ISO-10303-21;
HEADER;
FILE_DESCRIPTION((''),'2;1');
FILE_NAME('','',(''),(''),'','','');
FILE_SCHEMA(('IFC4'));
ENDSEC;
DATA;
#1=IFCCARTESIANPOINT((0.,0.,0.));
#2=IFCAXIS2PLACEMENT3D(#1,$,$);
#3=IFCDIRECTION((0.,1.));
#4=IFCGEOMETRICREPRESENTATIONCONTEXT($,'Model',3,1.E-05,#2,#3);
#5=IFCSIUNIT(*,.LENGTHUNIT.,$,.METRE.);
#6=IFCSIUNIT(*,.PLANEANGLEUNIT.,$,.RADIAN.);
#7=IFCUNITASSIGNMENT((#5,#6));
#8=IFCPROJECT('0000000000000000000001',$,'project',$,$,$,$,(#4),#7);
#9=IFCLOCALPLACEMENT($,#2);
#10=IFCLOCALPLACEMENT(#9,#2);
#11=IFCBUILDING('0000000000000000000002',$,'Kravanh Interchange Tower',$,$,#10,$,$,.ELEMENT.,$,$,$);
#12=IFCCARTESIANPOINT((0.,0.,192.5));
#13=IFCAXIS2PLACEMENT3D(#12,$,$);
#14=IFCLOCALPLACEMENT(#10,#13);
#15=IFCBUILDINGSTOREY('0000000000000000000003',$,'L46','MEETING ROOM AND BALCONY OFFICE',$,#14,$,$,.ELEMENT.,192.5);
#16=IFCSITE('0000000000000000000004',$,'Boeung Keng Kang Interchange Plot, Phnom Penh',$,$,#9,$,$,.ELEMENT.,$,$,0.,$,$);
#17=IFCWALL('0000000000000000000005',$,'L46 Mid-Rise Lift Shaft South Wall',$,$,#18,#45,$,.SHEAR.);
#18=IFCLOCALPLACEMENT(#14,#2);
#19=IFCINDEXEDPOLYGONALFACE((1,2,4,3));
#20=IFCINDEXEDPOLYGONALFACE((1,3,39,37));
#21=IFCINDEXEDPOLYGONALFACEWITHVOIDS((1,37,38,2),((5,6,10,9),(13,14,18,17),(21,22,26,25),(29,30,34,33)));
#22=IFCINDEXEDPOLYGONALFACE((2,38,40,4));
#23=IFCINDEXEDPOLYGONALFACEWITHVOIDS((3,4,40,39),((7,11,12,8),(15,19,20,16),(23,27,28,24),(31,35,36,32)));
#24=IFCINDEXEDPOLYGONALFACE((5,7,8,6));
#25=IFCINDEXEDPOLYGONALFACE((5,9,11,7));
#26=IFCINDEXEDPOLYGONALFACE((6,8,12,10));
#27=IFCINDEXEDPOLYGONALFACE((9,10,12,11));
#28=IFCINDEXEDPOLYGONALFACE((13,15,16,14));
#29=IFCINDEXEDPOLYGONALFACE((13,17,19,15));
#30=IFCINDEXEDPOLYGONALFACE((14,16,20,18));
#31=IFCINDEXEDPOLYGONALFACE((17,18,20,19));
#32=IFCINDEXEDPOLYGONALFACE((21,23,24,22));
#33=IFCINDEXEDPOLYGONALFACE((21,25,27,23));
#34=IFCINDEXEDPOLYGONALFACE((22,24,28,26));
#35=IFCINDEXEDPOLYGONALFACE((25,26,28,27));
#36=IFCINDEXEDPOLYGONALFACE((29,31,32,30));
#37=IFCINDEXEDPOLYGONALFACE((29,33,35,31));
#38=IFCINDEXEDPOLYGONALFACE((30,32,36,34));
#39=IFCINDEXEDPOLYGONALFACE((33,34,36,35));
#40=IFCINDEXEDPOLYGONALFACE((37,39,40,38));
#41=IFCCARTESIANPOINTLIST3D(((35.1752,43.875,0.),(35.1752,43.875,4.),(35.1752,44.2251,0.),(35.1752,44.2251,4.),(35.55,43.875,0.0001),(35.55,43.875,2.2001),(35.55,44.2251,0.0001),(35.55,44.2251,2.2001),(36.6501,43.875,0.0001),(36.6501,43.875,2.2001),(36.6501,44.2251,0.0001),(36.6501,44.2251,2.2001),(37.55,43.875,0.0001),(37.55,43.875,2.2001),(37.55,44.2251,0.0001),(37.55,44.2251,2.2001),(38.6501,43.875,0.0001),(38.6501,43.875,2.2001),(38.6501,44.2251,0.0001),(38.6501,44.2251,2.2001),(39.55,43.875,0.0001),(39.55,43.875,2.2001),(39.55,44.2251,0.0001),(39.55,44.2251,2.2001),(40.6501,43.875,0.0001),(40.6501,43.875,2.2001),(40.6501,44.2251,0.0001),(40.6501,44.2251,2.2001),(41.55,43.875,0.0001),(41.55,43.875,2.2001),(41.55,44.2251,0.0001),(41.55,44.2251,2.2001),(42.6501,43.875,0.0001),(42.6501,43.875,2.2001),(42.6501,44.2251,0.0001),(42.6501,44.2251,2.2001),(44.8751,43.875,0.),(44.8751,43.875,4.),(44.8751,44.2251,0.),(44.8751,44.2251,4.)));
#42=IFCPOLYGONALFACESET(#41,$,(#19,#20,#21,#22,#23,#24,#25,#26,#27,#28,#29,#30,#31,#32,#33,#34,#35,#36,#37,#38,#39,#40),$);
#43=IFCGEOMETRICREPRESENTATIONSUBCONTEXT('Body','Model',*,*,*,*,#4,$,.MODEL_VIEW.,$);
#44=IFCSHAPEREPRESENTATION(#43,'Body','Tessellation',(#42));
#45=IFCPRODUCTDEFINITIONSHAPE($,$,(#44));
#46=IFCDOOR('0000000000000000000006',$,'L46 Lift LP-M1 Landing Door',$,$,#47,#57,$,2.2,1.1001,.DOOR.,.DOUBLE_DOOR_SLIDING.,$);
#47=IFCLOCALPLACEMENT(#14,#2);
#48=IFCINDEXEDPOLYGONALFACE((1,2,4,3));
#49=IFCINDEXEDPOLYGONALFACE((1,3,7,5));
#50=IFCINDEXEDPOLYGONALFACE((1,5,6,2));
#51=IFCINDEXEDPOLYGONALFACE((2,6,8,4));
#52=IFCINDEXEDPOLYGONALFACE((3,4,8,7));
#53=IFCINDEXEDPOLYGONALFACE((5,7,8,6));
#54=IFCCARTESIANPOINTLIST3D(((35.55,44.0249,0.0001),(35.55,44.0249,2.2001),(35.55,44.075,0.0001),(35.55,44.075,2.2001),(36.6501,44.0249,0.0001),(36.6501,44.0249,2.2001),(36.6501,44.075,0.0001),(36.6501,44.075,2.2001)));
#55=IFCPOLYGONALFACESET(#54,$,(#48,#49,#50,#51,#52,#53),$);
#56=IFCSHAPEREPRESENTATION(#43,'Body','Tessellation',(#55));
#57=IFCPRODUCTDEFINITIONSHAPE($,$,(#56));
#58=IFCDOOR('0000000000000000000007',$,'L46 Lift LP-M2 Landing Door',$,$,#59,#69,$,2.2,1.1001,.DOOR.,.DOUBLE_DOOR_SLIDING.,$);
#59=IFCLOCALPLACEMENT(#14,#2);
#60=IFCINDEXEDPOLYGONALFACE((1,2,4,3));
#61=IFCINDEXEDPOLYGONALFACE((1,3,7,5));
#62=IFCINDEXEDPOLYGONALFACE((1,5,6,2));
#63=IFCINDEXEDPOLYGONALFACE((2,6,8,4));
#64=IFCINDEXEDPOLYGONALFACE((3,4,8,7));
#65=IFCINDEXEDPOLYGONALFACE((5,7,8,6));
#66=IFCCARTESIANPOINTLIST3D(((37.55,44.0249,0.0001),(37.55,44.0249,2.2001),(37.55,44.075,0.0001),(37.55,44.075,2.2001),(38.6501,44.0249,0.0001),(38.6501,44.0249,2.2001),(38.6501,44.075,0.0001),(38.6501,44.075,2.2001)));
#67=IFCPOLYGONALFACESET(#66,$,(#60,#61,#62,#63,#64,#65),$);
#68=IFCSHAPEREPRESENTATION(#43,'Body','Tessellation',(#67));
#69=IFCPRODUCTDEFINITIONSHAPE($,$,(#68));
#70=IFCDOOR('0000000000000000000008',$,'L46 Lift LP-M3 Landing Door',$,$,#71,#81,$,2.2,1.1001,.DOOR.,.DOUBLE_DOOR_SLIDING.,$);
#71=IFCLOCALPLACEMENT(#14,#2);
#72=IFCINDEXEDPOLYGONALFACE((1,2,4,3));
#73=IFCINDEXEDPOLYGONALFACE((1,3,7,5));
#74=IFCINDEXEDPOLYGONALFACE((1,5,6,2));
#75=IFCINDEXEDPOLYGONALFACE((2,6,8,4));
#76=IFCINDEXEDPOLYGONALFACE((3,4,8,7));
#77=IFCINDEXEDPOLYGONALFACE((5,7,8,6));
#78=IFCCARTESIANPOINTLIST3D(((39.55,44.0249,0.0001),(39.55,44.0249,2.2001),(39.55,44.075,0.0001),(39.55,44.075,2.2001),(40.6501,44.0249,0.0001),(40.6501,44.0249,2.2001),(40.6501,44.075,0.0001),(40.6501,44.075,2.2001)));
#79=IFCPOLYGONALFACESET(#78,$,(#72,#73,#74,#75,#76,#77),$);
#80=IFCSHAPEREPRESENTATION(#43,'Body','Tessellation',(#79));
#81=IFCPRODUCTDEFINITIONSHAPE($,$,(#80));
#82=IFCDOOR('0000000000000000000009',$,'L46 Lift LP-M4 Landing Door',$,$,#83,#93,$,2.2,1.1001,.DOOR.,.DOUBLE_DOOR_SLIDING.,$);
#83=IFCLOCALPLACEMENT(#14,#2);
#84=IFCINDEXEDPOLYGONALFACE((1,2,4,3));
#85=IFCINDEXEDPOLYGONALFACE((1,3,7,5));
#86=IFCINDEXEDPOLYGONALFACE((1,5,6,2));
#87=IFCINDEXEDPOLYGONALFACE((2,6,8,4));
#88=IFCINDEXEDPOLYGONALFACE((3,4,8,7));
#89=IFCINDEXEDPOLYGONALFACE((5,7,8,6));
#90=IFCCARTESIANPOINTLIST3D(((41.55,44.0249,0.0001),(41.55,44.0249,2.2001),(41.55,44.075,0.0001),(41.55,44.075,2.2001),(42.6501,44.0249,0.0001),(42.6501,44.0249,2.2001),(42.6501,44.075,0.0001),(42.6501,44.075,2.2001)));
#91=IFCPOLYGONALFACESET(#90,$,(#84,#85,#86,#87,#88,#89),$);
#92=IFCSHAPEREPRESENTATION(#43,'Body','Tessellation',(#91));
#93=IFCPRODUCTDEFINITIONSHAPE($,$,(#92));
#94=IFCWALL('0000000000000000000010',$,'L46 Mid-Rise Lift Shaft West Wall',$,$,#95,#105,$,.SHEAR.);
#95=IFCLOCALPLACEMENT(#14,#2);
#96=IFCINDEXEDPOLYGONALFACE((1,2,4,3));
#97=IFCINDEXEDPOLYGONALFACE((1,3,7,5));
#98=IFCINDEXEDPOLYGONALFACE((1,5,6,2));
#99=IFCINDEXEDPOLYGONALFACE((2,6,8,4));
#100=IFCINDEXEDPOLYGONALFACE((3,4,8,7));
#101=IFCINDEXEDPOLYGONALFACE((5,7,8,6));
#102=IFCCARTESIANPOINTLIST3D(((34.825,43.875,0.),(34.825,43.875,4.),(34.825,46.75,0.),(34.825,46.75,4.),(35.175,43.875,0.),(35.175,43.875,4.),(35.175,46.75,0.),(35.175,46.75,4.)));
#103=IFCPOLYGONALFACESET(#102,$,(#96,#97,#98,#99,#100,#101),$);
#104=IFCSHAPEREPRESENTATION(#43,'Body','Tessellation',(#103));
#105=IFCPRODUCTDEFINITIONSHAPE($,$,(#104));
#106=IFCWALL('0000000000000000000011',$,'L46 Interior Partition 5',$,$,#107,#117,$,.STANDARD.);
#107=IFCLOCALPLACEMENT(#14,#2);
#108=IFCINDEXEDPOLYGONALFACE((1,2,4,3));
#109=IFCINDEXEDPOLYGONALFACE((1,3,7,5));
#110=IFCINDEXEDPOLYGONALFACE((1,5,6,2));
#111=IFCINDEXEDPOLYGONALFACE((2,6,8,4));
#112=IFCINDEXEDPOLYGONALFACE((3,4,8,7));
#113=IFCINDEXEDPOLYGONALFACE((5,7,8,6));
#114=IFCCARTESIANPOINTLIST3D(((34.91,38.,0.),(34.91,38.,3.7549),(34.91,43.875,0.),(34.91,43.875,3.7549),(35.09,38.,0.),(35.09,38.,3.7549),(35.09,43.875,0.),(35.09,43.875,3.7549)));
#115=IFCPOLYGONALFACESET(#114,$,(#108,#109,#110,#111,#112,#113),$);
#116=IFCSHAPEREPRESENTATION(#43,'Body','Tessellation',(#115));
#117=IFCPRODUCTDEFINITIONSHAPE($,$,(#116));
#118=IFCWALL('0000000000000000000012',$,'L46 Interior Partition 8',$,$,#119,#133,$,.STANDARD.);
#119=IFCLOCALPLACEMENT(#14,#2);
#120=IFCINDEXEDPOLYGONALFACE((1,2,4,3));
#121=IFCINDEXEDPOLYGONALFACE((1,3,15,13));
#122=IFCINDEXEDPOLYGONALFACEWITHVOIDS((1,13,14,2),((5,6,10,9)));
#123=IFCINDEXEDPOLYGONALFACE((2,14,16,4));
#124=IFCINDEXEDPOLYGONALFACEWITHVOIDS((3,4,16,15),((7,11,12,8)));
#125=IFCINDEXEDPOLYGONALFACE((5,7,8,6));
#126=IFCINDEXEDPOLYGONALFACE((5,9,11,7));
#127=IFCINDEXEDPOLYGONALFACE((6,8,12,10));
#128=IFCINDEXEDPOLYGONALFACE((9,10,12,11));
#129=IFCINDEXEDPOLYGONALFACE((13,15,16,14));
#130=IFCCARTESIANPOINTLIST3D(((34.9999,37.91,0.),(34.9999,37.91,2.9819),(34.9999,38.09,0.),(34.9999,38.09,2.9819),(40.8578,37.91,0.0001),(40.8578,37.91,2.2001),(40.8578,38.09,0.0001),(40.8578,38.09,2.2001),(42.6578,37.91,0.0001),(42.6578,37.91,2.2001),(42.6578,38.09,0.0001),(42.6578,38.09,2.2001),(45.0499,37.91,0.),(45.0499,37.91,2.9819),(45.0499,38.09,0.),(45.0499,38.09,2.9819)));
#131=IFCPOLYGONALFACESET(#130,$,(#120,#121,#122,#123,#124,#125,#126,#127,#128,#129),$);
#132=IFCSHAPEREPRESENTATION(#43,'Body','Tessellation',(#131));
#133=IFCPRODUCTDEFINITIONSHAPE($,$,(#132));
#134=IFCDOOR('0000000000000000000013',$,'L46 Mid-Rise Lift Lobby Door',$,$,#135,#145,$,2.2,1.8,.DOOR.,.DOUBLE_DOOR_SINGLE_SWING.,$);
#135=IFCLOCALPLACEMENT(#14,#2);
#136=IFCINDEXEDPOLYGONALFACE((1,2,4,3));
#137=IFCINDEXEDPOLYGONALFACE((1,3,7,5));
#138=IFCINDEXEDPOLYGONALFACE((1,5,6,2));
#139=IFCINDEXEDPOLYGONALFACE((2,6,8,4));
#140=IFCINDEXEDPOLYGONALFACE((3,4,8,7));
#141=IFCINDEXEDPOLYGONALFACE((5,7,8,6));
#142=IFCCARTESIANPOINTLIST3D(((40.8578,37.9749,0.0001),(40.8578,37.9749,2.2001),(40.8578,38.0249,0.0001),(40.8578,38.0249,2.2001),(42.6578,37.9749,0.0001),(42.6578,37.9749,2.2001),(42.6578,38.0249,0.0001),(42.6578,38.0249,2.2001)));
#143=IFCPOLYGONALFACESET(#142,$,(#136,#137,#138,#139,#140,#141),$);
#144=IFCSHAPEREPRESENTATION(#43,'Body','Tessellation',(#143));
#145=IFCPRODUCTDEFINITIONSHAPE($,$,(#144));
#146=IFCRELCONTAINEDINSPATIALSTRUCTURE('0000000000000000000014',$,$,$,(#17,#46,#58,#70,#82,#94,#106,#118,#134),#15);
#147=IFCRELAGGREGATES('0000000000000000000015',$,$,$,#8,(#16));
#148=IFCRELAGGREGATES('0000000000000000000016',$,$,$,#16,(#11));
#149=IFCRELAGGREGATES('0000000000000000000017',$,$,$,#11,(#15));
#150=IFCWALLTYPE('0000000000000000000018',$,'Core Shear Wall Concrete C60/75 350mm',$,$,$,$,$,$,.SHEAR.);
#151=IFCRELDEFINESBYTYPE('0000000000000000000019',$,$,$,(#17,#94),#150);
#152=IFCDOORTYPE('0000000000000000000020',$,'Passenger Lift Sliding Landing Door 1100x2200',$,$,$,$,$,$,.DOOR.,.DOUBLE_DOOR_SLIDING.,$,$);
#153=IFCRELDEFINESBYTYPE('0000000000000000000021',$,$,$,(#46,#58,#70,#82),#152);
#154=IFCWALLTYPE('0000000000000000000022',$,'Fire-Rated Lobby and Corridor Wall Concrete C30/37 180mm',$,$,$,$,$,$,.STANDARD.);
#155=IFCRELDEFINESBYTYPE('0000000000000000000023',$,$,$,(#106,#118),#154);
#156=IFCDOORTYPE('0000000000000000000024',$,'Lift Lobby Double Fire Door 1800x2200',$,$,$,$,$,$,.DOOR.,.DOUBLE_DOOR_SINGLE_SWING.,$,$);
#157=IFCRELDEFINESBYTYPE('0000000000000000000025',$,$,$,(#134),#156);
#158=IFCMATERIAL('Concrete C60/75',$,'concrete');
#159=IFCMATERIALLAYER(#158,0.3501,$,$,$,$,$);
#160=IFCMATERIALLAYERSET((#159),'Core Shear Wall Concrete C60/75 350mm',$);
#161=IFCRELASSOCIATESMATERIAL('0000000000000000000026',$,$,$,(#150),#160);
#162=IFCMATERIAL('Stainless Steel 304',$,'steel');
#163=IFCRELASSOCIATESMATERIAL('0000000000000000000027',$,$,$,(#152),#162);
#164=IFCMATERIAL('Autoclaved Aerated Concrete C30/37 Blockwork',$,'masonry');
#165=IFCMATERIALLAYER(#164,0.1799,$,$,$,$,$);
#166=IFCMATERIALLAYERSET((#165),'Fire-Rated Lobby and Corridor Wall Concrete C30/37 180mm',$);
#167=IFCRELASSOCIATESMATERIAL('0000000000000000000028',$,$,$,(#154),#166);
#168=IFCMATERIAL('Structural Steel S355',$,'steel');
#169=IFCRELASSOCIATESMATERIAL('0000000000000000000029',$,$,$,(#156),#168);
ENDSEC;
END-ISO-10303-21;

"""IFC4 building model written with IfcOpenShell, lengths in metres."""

from ifc_helpers import new_model, si_unit, direction, frame, frame_2d, origin, place, context, subcontext, project, spatial, rectangle, extrude, material, layer, layer_set, type_object, element, fill, save


model = new_model("IFC4")

# Units and contexts
model_context = context("Model", 3, precision=1e-05, world=origin(), true_north=direction((0.0, 1.0)))
body_context = subcontext(model_context, "Body", "Model", "MODEL_VIEW")
ifc_project = project(units=[si_unit("LENGTHUNIT", "METRE"), si_unit("PLANEANGLEUNIT", "RADIAN")], contexts=[model_context])

# Site, building, storey
site_placement = place(None, origin())
site = spatial("IfcSite", under=ifc_project, at=site_placement, Name="Boeung Keng Kang Interchange Plot, Phnom Penh", CompositionType="ELEMENT", RefElevation=0.0)
building_placement = place(site_placement, origin())
building = spatial("IfcBuilding", under=site, at=building_placement, Name="Kravanh Interchange Tower", CompositionType="ELEMENT")
storey_placement = place(building_placement, frame((0.0, 0.0, 192.5)))
storey = spatial("IfcBuildingStorey", under=building, at=storey_placement, Name="L46", Description="MEETING ROOM AND BALCONY OFFICE", CompositionType="ELEMENT", Elevation=192.5)

# Wall, openings, doors
ifc_material_1 = material(Name="Concrete C60/75", Category="concrete")
ifc_layer_1 = layer(ifc_material_1, 0.3501)
ifc_layer_set_1 = layer_set([ifc_layer_1], Name="Core Shear Wall Concrete C60/75 350mm")
wall_type_1 = type_object("IfcWallType", Name="Core Shear Wall Concrete C60/75 350mm", PredefinedType="SHEAR", material=ifc_layer_set_1)
wall_1_placement = place(storey_placement, frame((35.175, 44.05, 0.0), z_axis=(0.0, 0.0, 1.0), x_axis=(1.0, 0.0, 0.0)))
wall_1 = element("IfcWall", 1, at=wall_1_placement, inside=storey, type_object=wall_type_1, Name="L46 Mid-Rise Lift Shaft South Wall", PredefinedType="SHEAR", context=body_context, shape_type="SweptSolid", body=[
    extrude(rectangle(XDim=9.7, YDim=0.3501, at=frame_2d((4.8501, 0.0))), origin(), (0.0, 0.0, 1.0), 4.0),
])
opening_1_placement = place(wall_1_placement, frame((0.375, 0.0, 0.0)))
opening_1 = element("IfcOpeningElement", 2, at=opening_1_placement, cuts=wall_1, PredefinedType="OPENING", context=body_context, shape_type="SweptSolid", body=[
    extrude(rectangle(XDim=1.1001, YDim=2.2, at=frame_2d((0.55, 1.1001))), frame((0.0, 0.1851, 0.0), z_axis=(0.0, -1.0, 0.0), x_axis=(1.0, 0.0, 0.0)), (0.0, 0.0, 1.0), 0.3701),
])
opening_2_placement = place(wall_1_placement, frame((2.375, 0.0, 0.0)))
opening_2 = element("IfcOpeningElement", 3, at=opening_2_placement, cuts=wall_1, PredefinedType="OPENING", context=body_context, shape_type="SweptSolid", body=[
    extrude(rectangle(XDim=1.1001, YDim=2.2, at=frame_2d((0.55, 1.1001))), frame((0.0, 0.1851, 0.0), z_axis=(0.0, -1.0, 0.0), x_axis=(1.0, 0.0, 0.0)), (0.0, 0.0, 1.0), 0.3701),
])
opening_3_placement = place(wall_1_placement, frame((4.375, 0.0, 0.0)))
opening_3 = element("IfcOpeningElement", 4, at=opening_3_placement, cuts=wall_1, PredefinedType="OPENING", context=body_context, shape_type="SweptSolid", body=[
    extrude(rectangle(XDim=1.1001, YDim=2.2, at=frame_2d((0.55, 1.1001))), frame((0.0, 0.1851, 0.0), z_axis=(0.0, -1.0, 0.0), x_axis=(1.0, 0.0, 0.0)), (0.0, 0.0, 1.0), 0.3701),
])
opening_4_placement = place(wall_1_placement, frame((6.375, 0.0, 0.0)))
opening_4 = element("IfcOpeningElement", 5, at=opening_4_placement, cuts=wall_1, PredefinedType="OPENING", context=body_context, shape_type="SweptSolid", body=[
    extrude(rectangle(XDim=1.1001, YDim=2.2, at=frame_2d((0.55, 1.1001))), frame((0.0, 0.1851, 0.0), z_axis=(0.0, -1.0, 0.0), x_axis=(1.0, 0.0, 0.0)), (0.0, 0.0, 1.0), 0.3701),
])
ifc_material_2 = material(Name="Stainless Steel 304", Category="steel")
door_type_1 = type_object("IfcDoorType", Name="Passenger Lift Sliding Landing Door 1100x2200", OperationType="DOUBLE_DOOR_SLIDING", PredefinedType="DOOR", material=ifc_material_2)
door_1_placement = place(opening_1_placement, origin())
door_1 = element("IfcDoor", 6, at=door_1_placement, inside=storey, type_object=door_type_1, Name="L46 Lift LP-M1 Landing Door", OperationType="DOUBLE_DOOR_SLIDING", OverallHeight=2.2, OverallWidth=1.1001, PredefinedType="DOOR", context=body_context, shape_type="SweptSolid", body=[
    extrude(rectangle(XDim=1.1001, YDim=2.2, at=frame_2d((0.55, 1.1001))), frame((0.0, 0.0249, 0.0), z_axis=(0.0, -1.0, 0.0), x_axis=(1.0, 0.0, 0.0)), (0.0, 0.0, 1.0), 0.05),
])
fill(opening_1, door_1)
door_2_placement = place(opening_2_placement, origin())
door_2 = element("IfcDoor", 7, at=door_2_placement, inside=storey, type_object=door_type_1, Name="L46 Lift LP-M2 Landing Door", OperationType="DOUBLE_DOOR_SLIDING", OverallHeight=2.2, OverallWidth=1.1001, PredefinedType="DOOR", context=body_context, shape_type="SweptSolid", body=[
    extrude(rectangle(XDim=1.1001, YDim=2.2, at=frame_2d((0.55, 1.1001))), frame((0.0, 0.0249, 0.0), z_axis=(0.0, -1.0, 0.0), x_axis=(1.0, 0.0, 0.0)), (0.0, 0.0, 1.0), 0.05),
])
fill(opening_2, door_2)
door_3_placement = place(opening_3_placement, origin())
door_3 = element("IfcDoor", 8, at=door_3_placement, inside=storey, type_object=door_type_1, Name="L46 Lift LP-M3 Landing Door", OperationType="DOUBLE_DOOR_SLIDING", OverallHeight=2.2, OverallWidth=1.1001, PredefinedType="DOOR", context=body_context, shape_type="SweptSolid", body=[
    extrude(rectangle(XDim=1.1001, YDim=2.2, at=frame_2d((0.55, 1.1001))), frame((0.0, 0.0249, 0.0), z_axis=(0.0, -1.0, 0.0), x_axis=(1.0, 0.0, 0.0)), (0.0, 0.0, 1.0), 0.05),
])
fill(opening_3, door_3)
door_4_placement = place(opening_4_placement, origin())
door_4 = element("IfcDoor", 9, at=door_4_placement, inside=storey, type_object=door_type_1, Name="L46 Lift LP-M4 Landing Door", OperationType="DOUBLE_DOOR_SLIDING", OverallHeight=2.2, OverallWidth=1.1001, PredefinedType="DOOR", context=body_context, shape_type="SweptSolid", body=[
    extrude(rectangle(XDim=1.1001, YDim=2.2, at=frame_2d((0.55, 1.1001))), frame((0.0, 0.0249, 0.0), z_axis=(0.0, -1.0, 0.0), x_axis=(1.0, 0.0, 0.0)), (0.0, 0.0, 1.0), 0.05),
])
fill(opening_4, door_4)

# Walls
wall_2_placement = place(storey_placement, frame((35.0, 43.875, 0.0), z_axis=(0.0, 0.0, 1.0), x_axis=(0.0, 1.0, 0.0)))
element("IfcWall", 10, at=wall_2_placement, inside=storey, type_object=wall_type_1, Name="L46 Mid-Rise Lift Shaft West Wall", PredefinedType="SHEAR", context=body_context, shape_type="SweptSolid", body=[
    extrude(rectangle(XDim=2.875, YDim=0.3501, at=frame_2d((1.4375, 0.0))), origin(), (0.0, 0.0, 1.0), 4.0),
])
ifc_material_3 = material(Name="Autoclaved Aerated Concrete C30/37 Blockwork", Category="masonry")
ifc_layer_2 = layer(ifc_material_3, 0.1799)
ifc_layer_set_2 = layer_set([ifc_layer_2], Name="Fire-Rated Lobby and Corridor Wall Concrete C30/37 180mm")
wall_type_2 = type_object("IfcWallType", Name="Fire-Rated Lobby and Corridor Wall Concrete C30/37 180mm", PredefinedType="STANDARD", material=ifc_layer_set_2)
wall_3_placement = place(storey_placement, frame((35.0, 38.0, 0.0), z_axis=(0.0, 0.0, 1.0), x_axis=(0.0, 1.0, 0.0)))
element("IfcWall", 11, at=wall_3_placement, inside=storey, type_object=wall_type_2, Name="L46 Interior Partition 5", PredefinedType="STANDARD", context=body_context, shape_type="SweptSolid", body=[
    extrude(rectangle(XDim=5.875, YDim=0.1799, at=frame_2d((2.9375, 0.0))), origin(), (0.0, 0.0, 1.0), 3.7549),
])

# Wall, opening, door
wall_4_placement = place(storey_placement, frame((35.0, 38.0, 0.0), z_axis=(0.0, 0.0, 1.0), x_axis=(1.0, 0.0, 0.0)))
wall_4 = element("IfcWall", 12, at=wall_4_placement, inside=storey, type_object=wall_type_2, Name="L46 Interior Partition 8", PredefinedType="STANDARD", context=body_context, shape_type="SweptSolid", body=[
    extrude(rectangle(XDim=10.05, YDim=0.1799, at=frame_2d((5.0249, 0.0))), origin(), (0.0, 0.0, 1.0), 2.9819),
])
opening_5_placement = place(wall_4_placement, frame((5.8579, 0.0, 0.0)))
opening_5 = element("IfcOpeningElement", 13, at=opening_5_placement, cuts=wall_4, PredefinedType="OPENING", context=body_context, shape_type="SweptSolid", body=[
    extrude(rectangle(XDim=1.8, YDim=2.2, at=frame_2d((0.8999, 1.1001))), frame((0.0, 0.1001, 0.0), z_axis=(0.0, -1.0, 0.0), x_axis=(1.0, 0.0, 0.0)), (0.0, 0.0, 1.0), 0.2),
])
ifc_material_4 = material(Name="Structural Steel S355", Category="steel")
door_type_2 = type_object("IfcDoorType", Name="Lift Lobby Double Fire Door 1800x2200", OperationType="DOUBLE_DOOR_SINGLE_SWING", PredefinedType="DOOR", material=ifc_material_4)
door_5_placement = place(opening_5_placement, origin())
door_5 = element("IfcDoor", 14, at=door_5_placement, inside=storey, type_object=door_type_2, Name="L46 Mid-Rise Lift Lobby Door", OperationType="DOUBLE_DOOR_SINGLE_SWING", OverallHeight=2.2, OverallWidth=1.8, PredefinedType="DOOR", context=body_context, shape_type="SweptSolid", body=[
    extrude(rectangle(XDim=1.8, YDim=2.2, at=frame_2d((0.8999, 1.1001))), frame((0.0, 0.0249, 0.0), z_axis=(0.0, -1.0, 0.0), x_axis=(1.0, 0.0, 0.0)), (0.0, 0.0, 1.0), 0.05),
])
fill(opening_5, door_5)

save(model, "model.ifc")
